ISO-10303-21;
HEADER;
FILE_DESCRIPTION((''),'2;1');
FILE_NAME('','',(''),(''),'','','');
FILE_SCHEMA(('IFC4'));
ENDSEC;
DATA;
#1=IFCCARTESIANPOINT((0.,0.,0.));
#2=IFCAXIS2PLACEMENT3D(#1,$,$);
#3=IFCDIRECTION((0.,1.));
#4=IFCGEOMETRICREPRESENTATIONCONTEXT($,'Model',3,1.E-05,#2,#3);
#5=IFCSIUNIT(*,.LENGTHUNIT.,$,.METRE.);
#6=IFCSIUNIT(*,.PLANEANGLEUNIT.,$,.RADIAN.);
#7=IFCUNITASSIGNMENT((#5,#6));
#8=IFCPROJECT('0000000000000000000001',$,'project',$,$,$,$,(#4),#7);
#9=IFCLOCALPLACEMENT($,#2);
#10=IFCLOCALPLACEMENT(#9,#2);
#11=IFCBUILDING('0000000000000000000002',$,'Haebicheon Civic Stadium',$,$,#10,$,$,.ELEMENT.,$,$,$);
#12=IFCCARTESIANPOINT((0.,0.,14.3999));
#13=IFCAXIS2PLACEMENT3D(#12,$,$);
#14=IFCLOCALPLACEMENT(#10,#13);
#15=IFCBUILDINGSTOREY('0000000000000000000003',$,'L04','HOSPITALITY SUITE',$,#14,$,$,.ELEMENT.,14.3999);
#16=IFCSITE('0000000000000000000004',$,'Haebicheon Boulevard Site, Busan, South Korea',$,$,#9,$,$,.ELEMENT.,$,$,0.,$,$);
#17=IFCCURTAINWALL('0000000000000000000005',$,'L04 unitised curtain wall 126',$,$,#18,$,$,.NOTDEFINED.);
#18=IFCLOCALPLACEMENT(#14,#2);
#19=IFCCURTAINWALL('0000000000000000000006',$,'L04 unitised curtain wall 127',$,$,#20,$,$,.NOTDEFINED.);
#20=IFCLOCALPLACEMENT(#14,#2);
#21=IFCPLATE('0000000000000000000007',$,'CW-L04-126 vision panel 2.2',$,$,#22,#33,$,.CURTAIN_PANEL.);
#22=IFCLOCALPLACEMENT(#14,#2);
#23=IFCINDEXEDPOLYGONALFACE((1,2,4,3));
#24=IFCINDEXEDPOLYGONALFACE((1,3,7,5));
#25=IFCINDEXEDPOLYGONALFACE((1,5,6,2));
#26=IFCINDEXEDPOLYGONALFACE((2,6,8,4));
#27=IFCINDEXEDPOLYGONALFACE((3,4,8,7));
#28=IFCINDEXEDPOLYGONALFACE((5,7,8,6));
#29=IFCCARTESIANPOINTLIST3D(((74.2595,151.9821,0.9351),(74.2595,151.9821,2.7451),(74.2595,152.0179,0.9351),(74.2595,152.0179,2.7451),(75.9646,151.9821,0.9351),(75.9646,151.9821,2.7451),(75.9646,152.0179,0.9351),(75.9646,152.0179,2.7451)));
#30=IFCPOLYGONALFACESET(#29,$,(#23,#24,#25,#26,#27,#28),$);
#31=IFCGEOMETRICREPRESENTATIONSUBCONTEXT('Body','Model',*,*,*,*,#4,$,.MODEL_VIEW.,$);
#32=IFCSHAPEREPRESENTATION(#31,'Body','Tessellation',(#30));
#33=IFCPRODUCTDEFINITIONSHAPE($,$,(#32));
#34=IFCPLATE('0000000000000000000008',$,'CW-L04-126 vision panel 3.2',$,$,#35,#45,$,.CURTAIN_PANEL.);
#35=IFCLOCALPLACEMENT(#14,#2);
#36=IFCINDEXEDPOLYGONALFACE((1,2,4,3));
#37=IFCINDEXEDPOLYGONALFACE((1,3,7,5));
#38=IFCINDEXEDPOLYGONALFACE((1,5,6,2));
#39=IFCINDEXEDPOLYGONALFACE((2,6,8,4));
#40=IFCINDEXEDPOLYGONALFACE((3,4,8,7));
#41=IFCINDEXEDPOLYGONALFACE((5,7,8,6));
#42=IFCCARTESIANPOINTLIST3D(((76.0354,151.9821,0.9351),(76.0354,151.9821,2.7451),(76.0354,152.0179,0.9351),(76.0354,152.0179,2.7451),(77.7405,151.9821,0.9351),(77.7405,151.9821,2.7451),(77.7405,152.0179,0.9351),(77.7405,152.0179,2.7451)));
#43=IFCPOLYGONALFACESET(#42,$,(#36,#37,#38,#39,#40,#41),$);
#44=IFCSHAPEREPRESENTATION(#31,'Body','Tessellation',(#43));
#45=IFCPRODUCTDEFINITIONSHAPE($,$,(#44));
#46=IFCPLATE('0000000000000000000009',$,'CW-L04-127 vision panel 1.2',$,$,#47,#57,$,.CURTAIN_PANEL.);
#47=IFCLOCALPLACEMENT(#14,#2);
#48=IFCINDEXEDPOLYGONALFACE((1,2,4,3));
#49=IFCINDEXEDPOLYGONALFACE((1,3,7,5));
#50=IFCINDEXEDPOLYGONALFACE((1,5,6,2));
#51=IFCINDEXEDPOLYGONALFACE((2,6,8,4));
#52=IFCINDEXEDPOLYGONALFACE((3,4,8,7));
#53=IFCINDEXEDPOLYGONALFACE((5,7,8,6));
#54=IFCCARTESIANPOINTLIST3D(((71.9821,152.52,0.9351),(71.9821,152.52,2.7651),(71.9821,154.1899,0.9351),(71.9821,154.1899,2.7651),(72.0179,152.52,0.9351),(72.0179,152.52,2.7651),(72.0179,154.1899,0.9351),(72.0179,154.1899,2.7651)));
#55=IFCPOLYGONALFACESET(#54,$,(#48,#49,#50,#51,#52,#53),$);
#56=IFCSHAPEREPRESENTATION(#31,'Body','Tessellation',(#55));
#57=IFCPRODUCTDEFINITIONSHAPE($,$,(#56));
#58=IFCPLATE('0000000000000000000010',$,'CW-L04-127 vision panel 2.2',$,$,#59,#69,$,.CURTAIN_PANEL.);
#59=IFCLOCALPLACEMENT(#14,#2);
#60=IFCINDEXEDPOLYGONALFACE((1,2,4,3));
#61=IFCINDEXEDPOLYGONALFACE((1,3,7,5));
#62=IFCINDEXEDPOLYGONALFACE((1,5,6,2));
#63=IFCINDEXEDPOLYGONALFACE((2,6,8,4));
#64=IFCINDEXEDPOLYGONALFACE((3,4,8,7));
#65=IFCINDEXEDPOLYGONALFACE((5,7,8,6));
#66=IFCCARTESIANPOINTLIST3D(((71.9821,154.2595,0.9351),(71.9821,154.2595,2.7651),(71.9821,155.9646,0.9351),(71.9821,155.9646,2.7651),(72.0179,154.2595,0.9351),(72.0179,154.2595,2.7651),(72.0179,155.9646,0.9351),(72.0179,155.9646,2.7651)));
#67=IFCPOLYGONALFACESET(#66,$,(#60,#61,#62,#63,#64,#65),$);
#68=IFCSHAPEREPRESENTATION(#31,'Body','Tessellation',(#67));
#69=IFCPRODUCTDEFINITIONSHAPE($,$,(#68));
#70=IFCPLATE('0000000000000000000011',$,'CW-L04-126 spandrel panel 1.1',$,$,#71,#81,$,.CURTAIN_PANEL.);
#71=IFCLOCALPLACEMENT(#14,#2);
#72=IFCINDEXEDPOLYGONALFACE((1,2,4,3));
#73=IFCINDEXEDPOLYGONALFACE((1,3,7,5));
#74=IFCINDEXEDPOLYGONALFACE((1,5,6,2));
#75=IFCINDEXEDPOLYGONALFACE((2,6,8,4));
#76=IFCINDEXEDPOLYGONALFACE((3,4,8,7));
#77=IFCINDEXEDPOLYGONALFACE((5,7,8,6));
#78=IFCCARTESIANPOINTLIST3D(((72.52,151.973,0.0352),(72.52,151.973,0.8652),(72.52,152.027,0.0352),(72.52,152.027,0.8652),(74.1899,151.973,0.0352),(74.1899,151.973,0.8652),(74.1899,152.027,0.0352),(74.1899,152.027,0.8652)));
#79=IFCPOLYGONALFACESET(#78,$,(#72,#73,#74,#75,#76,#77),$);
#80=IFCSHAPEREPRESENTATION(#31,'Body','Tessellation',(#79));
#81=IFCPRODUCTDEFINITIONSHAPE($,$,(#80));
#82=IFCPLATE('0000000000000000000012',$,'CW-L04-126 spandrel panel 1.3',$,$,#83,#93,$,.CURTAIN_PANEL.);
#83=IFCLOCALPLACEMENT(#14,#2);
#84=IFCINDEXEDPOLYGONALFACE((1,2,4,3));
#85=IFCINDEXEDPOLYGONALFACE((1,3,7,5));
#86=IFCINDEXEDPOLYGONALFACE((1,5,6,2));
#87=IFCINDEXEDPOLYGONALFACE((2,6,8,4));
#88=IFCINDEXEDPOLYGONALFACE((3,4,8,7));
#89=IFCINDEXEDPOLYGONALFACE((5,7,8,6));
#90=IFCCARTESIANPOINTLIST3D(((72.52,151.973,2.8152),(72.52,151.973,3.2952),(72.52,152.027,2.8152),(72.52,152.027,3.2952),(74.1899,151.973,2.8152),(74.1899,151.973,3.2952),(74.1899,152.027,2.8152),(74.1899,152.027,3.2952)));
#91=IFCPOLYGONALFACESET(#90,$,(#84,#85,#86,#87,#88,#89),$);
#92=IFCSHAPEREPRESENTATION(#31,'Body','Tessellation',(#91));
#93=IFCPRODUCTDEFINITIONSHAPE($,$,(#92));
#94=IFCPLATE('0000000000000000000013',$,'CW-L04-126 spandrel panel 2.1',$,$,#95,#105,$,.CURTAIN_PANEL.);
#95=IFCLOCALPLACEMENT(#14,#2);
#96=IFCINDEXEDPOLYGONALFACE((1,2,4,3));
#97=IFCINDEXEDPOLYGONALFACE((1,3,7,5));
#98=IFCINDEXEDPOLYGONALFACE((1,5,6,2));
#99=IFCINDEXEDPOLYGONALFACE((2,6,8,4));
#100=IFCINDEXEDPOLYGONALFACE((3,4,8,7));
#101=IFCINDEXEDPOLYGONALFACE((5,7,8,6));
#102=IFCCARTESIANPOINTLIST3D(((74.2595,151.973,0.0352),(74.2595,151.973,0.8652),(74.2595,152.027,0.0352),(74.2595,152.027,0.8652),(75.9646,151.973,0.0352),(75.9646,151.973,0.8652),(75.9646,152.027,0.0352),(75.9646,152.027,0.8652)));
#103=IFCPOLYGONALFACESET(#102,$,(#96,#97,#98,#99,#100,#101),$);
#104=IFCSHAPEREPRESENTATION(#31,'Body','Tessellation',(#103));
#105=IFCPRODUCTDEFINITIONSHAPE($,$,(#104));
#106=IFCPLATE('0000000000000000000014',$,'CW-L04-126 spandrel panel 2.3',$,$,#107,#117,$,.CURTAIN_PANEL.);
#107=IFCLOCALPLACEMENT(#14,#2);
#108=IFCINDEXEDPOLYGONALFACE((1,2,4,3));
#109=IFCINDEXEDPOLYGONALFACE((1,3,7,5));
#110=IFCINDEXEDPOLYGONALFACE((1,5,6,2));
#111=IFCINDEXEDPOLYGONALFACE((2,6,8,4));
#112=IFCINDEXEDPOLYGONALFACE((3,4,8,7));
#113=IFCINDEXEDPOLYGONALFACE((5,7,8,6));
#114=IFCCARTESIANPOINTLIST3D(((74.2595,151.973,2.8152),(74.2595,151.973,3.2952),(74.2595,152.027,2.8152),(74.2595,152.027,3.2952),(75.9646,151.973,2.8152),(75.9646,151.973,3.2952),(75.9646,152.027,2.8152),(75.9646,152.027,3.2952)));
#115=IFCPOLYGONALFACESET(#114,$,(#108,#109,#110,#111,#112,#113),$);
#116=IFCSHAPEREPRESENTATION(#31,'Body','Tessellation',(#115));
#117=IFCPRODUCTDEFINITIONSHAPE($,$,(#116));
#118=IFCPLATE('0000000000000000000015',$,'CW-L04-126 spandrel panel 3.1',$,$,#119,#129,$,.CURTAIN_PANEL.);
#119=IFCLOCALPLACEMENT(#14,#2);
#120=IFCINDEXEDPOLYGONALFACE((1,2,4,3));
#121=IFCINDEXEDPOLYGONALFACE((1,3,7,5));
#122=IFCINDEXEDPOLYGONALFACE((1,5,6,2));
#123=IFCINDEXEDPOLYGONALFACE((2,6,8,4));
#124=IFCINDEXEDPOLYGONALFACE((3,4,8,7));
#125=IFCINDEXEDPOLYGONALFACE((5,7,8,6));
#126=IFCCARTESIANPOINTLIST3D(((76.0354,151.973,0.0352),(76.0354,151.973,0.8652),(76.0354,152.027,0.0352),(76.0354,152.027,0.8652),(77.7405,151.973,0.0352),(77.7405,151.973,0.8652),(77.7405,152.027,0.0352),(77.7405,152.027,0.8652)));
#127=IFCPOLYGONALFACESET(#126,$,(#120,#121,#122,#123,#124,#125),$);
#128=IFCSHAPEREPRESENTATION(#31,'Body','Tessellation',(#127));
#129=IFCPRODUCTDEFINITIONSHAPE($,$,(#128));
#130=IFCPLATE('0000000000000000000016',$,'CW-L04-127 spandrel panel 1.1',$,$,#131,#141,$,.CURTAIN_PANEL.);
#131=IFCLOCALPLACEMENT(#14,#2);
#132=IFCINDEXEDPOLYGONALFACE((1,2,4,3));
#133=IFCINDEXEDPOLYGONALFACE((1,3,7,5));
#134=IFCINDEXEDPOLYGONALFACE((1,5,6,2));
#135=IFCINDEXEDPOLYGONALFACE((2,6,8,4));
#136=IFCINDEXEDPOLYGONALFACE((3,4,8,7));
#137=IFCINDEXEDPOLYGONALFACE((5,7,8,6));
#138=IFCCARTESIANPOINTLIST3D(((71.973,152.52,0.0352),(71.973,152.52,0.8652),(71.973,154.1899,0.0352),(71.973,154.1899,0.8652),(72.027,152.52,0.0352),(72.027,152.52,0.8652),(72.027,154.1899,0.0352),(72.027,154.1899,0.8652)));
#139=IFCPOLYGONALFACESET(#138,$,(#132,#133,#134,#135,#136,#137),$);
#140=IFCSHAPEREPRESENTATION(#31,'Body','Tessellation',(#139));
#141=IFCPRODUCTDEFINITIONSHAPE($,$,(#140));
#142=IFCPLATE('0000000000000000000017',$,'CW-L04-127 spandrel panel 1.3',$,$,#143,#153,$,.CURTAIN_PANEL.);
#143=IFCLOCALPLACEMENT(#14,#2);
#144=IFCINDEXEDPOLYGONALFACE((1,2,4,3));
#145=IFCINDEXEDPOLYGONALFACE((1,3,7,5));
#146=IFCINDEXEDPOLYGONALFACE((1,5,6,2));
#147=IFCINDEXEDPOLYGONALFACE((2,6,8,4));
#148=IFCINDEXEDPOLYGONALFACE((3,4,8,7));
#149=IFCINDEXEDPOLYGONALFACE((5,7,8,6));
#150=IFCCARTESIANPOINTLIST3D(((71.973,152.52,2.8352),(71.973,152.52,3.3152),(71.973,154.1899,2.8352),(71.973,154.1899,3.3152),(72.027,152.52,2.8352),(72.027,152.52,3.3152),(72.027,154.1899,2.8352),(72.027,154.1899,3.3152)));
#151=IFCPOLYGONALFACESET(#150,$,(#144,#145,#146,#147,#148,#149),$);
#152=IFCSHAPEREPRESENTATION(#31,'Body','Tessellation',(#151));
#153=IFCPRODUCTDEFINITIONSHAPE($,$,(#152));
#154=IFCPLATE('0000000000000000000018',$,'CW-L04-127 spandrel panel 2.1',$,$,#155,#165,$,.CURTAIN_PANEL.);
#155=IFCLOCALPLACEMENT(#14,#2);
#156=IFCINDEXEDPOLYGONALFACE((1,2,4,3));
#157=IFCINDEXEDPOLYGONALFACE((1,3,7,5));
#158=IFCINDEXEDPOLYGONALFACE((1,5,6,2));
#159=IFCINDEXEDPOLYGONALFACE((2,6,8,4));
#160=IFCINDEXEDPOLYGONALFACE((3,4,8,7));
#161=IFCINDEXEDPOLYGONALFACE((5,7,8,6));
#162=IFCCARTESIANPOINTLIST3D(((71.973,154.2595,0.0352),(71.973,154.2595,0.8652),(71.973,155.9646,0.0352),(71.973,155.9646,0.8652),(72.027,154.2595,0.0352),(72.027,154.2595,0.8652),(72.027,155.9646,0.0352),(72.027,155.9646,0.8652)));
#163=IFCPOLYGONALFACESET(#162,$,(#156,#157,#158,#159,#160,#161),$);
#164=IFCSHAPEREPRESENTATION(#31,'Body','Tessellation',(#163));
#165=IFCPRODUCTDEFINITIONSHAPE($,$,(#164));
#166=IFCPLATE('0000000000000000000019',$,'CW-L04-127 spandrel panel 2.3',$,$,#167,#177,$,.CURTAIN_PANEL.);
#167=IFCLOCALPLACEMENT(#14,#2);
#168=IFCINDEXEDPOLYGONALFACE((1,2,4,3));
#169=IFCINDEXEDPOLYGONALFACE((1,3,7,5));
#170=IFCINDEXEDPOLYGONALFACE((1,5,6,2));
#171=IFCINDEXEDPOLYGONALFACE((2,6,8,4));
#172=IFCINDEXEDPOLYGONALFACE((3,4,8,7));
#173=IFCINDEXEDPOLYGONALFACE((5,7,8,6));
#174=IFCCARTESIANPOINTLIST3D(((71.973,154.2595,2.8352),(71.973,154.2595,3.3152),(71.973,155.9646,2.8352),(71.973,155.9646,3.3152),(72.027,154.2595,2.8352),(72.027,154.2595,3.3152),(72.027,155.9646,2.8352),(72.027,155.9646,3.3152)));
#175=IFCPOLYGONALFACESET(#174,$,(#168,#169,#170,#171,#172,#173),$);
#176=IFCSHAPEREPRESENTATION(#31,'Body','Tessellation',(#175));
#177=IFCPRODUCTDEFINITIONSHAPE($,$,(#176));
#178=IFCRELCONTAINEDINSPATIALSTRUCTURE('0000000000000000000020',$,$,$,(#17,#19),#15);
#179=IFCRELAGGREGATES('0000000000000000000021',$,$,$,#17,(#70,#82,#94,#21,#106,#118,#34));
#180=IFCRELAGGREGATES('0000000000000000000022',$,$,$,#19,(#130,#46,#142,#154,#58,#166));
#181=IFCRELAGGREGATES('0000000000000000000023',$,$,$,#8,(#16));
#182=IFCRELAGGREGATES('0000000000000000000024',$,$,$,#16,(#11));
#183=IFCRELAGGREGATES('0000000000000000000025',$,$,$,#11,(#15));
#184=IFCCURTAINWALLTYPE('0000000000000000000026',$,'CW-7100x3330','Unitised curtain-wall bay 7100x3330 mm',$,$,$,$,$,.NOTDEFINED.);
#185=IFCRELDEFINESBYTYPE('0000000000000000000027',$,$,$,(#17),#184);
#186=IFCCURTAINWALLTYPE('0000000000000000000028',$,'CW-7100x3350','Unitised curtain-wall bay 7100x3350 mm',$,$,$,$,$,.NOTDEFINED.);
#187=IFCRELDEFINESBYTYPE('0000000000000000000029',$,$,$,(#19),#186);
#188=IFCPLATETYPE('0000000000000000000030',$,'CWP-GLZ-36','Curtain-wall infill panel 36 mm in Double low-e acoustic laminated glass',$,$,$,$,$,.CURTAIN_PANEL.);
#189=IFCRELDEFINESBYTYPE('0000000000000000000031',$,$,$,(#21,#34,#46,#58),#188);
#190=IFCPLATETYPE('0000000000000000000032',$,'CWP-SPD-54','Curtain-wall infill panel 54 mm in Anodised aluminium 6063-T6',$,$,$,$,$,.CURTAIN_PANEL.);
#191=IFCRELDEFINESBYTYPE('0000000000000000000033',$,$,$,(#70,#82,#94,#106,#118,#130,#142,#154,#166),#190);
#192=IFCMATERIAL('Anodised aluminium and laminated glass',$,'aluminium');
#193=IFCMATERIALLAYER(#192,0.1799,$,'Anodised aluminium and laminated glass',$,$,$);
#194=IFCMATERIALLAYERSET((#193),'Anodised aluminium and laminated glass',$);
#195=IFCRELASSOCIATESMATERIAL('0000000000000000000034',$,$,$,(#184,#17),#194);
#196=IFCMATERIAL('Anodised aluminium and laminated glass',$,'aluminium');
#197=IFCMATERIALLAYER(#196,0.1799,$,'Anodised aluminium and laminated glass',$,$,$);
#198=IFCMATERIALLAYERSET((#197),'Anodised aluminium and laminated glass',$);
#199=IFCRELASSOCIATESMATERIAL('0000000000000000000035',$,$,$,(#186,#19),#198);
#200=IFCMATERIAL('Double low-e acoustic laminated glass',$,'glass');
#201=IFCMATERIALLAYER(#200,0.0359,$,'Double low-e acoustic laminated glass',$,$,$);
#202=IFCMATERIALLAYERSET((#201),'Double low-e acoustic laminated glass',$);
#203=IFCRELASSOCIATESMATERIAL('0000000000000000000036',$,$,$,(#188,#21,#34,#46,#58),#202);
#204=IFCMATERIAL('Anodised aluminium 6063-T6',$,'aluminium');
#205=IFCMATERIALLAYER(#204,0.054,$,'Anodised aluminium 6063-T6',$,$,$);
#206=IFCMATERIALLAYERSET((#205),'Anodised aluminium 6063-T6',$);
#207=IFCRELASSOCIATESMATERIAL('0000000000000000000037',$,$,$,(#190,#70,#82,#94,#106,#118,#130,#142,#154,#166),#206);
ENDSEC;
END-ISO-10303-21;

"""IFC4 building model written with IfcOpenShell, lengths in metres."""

from ifc_helpers import new_model, si_unit, direction, frame, origin, origin_2d, place, context, subcontext, project, spatial, rectangle, extrude, material, layer, layer_set, type_object, element, aggregate, save


model = new_model("IFC4")

# Units and contexts
model_context = context("Model", 3, precision=1e-05, world=origin(), true_north=direction((0.0, 1.0)))
body_context = subcontext(model_context, "Body", "Model", "MODEL_VIEW")
ifc_project = project(units=[si_unit("LENGTHUNIT", "METRE"), si_unit("PLANEANGLEUNIT", "RADIAN")], contexts=[model_context])

# Site, building, storey
site_placement = place(None, origin())
site = spatial("IfcSite", under=ifc_project, at=site_placement, Name="Haebicheon Boulevard Site, Busan, South Korea", CompositionType="ELEMENT", RefElevation=0.0)
building_placement = place(site_placement, origin())
building = spatial("IfcBuilding", under=site, at=building_placement, Name="Haebicheon Civic Stadium", CompositionType="ELEMENT")
storey_placement = place(building_placement, frame((0.0, 0.0, 14.3999)))
storey = spatial("IfcBuildingStorey", under=building, at=storey_placement, Name="L04", Description="HOSPITALITY SUITE", CompositionType="ELEMENT", Elevation=14.3999)

# Curtain walls
ifc_material_1 = material(Name="Anodised aluminium and laminated glass", Category="aluminium")
ifc_layer_1 = layer(ifc_material_1, 0.1799, Name="Anodised aluminium and laminated glass")
ifc_layer_set_1 = layer_set([ifc_layer_1], Name="Anodised aluminium and laminated glass")
curtain_wall_type_1 = type_object("IfcCurtainWallType", Name="CW-7100x3330", Description="Unitised curtain-wall bay 7100x3330 mm", PredefinedType="NOTDEFINED", material=ifc_layer_set_1)
curtain_wall_1_placement = place(storey_placement, origin())
curtain_wall_1 = element("IfcCurtainWall", 1, at=curtain_wall_1_placement, inside=storey, type_object=curtain_wall_type_1, material=ifc_layer_set_1, Name="L04 unitised curtain wall 126", PredefinedType="NOTDEFINED")
ifc_material_2 = material(Name="Anodised aluminium and laminated glass", Category="aluminium")
ifc_layer_2 = layer(ifc_material_2, 0.1799, Name="Anodised aluminium and laminated glass")
ifc_layer_set_2 = layer_set([ifc_layer_2], Name="Anodised aluminium and laminated glass")
curtain_wall_type_2 = type_object("IfcCurtainWallType", Name="CW-7100x3350", Description="Unitised curtain-wall bay 7100x3350 mm", PredefinedType="NOTDEFINED", material=ifc_layer_set_2)
curtain_wall_2_placement = place(storey_placement, origin())
curtain_wall_2 = element("IfcCurtainWall", 2, at=curtain_wall_2_placement, inside=storey, type_object=curtain_wall_type_2, material=ifc_layer_set_2, Name="L04 unitised curtain wall 127", PredefinedType="NOTDEFINED")

# Plates
ifc_material_3 = material(Name="Double low-e acoustic laminated glass", Category="glass")
ifc_layer_3 = layer(ifc_material_3, 0.0359, Name="Double low-e acoustic laminated glass")
ifc_layer_set_3 = layer_set([ifc_layer_3], Name="Double low-e acoustic laminated glass")
plate_type_1 = type_object("IfcPlateType", Name="CWP-GLZ-36", Description="Curtain-wall infill panel 36 mm in Double low-e acoustic laminated glass", PredefinedType="CURTAIN_PANEL", material=ifc_layer_set_3)
plate_1_placement = place(storey_placement, frame((75.1121, 152.0, 0.9351), z_axis=(0.0, 0.0, 1.0), x_axis=(1.0, 0.0, 0.0)))
plate_1 = element("IfcPlate", 3, at=plate_1_placement, type_object=plate_type_1, material=ifc_layer_set_3, Name="CW-L04-126 vision panel 2.2", PredefinedType="CURTAIN_PANEL", context=body_context, shape_type="SweptSolid", body=[
    extrude(rectangle(XDim=1.7051, YDim=0.0359, at=origin_2d()), origin(), (0.0, 0.0, 1.0), 1.8101),
])
plate_2_placement = place(storey_placement, frame((76.8879, 152.0, 0.9351), z_axis=(0.0, 0.0, 1.0), x_axis=(1.0, 0.0, 0.0)))
plate_2 = element("IfcPlate", 4, at=plate_2_placement, type_object=plate_type_1, material=ifc_layer_set_3, Name="CW-L04-126 vision panel 3.2", PredefinedType="CURTAIN_PANEL", context=body_context, shape_type="SweptSolid", body=[
    extrude(rectangle(XDim=1.7051, YDim=0.0359, at=origin_2d()), origin(), (0.0, 0.0, 1.0), 1.8101),
])
plate_3_placement = place(storey_placement, frame((72.0, 153.355, 0.9351), z_axis=(0.0, 0.0, 1.0), x_axis=(0.0, 1.0, 0.0)))
plate_3 = element("IfcPlate", 5, at=plate_3_placement, type_object=plate_type_1, material=ifc_layer_set_3, Name="CW-L04-127 vision panel 1.2", PredefinedType="CURTAIN_PANEL", context=body_context, shape_type="SweptSolid", body=[
    extrude(rectangle(XDim=1.6699, YDim=0.0359, at=origin_2d()), origin(), (0.0, 0.0, 1.0), 1.8301),
])
plate_4_placement = place(storey_placement, frame((72.0, 155.1121, 0.9351), z_axis=(0.0, 0.0, 1.0), x_axis=(0.0, 1.0, 0.0)))
plate_4 = element("IfcPlate", 6, at=plate_4_placement, type_object=plate_type_1, material=ifc_layer_set_3, Name="CW-L04-127 vision panel 2.2", PredefinedType="CURTAIN_PANEL", context=body_context, shape_type="SweptSolid", body=[
    extrude(rectangle(XDim=1.7051, YDim=0.0359, at=origin_2d()), origin(), (0.0, 0.0, 1.0), 1.8301),
])
ifc_material_4 = material(Name="Anodised aluminium 6063-T6", Category="aluminium")
ifc_layer_4 = layer(ifc_material_4, 0.054, Name="Anodised aluminium 6063-T6")
ifc_layer_set_4 = layer_set([ifc_layer_4], Name="Anodised aluminium 6063-T6")
plate_type_2 = type_object("IfcPlateType", Name="CWP-SPD-54", Description="Curtain-wall infill panel 54 mm in Anodised aluminium 6063-T6", PredefinedType="CURTAIN_PANEL", material=ifc_layer_set_4)
plate_5_placement = place(storey_placement, frame((73.355, 152.0, 0.0352), z_axis=(0.0, 0.0, 1.0), x_axis=(1.0, 0.0, 0.0)))
plate_5 = element("IfcPlate", 7, at=plate_5_placement, type_object=plate_type_2, material=ifc_layer_set_4, Name="CW-L04-126 spandrel panel 1.1", PredefinedType="CURTAIN_PANEL", context=body_context, shape_type="SweptSolid", body=[
    extrude(rectangle(XDim=1.6699, YDim=0.054, at=origin_2d()), origin(), (0.0, 0.0, 1.0), 0.8301),
])
plate_6_placement = place(storey_placement, frame((73.355, 152.0, 2.8152), z_axis=(0.0, 0.0, 1.0), x_axis=(1.0, 0.0, 0.0)))
plate_6 = element("IfcPlate", 8, at=plate_6_placement, type_object=plate_type_2, material=ifc_layer_set_4, Name="CW-L04-126 spandrel panel 1.3", PredefinedType="CURTAIN_PANEL", context=body_context, shape_type="SweptSolid", body=[
    extrude(rectangle(XDim=1.6699, YDim=0.054, at=origin_2d()), origin(), (0.0, 0.0, 1.0), 0.48),
])
plate_7_placement = place(storey_placement, frame((75.1121, 152.0, 0.0352), z_axis=(0.0, 0.0, 1.0), x_axis=(1.0, 0.0, 0.0)))
plate_7 = element("IfcPlate", 9, at=plate_7_placement, type_object=plate_type_2, material=ifc_layer_set_4, Name="CW-L04-126 spandrel panel 2.1", PredefinedType="CURTAIN_PANEL", context=body_context, shape_type="SweptSolid", body=[
    extrude(rectangle(XDim=1.7051, YDim=0.054, at=origin_2d()), origin(), (0.0, 0.0, 1.0), 0.8301),
])
plate_8_placement = place(storey_placement, frame((75.1121, 152.0, 2.8152), z_axis=(0.0, 0.0, 1.0), x_axis=(1.0, 0.0, 0.0)))
plate_8 = element("IfcPlate", 10, at=plate_8_placement, type_object=plate_type_2, material=ifc_layer_set_4, Name="CW-L04-126 spandrel panel 2.3", PredefinedType="CURTAIN_PANEL", context=body_context, shape_type="SweptSolid", body=[
    extrude(rectangle(XDim=1.7051, YDim=0.054, at=origin_2d()), origin(), (0.0, 0.0, 1.0), 0.48),
])
plate_9_placement = place(storey_placement, frame((76.8879, 152.0, 0.0352), z_axis=(0.0, 0.0, 1.0), x_axis=(1.0, 0.0, 0.0)))
plate_9 = element("IfcPlate", 11, at=plate_9_placement, type_object=plate_type_2, material=ifc_layer_set_4, Name="CW-L04-126 spandrel panel 3.1", PredefinedType="CURTAIN_PANEL", context=body_context, shape_type="SweptSolid", body=[
    extrude(rectangle(XDim=1.7051, YDim=0.054, at=origin_2d()), origin(), (0.0, 0.0, 1.0), 0.8301),
])
aggregate(curtain_wall_1, [plate_5, plate_6, plate_7, plate_1, plate_8, plate_9, plate_2])
plate_10_placement = place(storey_placement, frame((72.0, 153.355, 0.0352), z_axis=(0.0, 0.0, 1.0), x_axis=(0.0, 1.0, 0.0)))
plate_10 = element("IfcPlate", 12, at=plate_10_placement, type_object=plate_type_2, material=ifc_layer_set_4, Name="CW-L04-127 spandrel panel 1.1", PredefinedType="CURTAIN_PANEL", context=body_context, shape_type="SweptSolid", body=[
    extrude(rectangle(XDim=1.6699, YDim=0.054, at=origin_2d()), origin(), (0.0, 0.0, 1.0), 0.8301),
])
plate_11_placement = place(storey_placement, frame((72.0, 153.355, 2.8352), z_axis=(0.0, 0.0, 1.0), x_axis=(0.0, 1.0, 0.0)))
plate_11 = element("IfcPlate", 13, at=plate_11_placement, type_object=plate_type_2, material=ifc_layer_set_4, Name="CW-L04-127 spandrel panel 1.3", PredefinedType="CURTAIN_PANEL", context=body_context, shape_type="SweptSolid", body=[
    extrude(rectangle(XDim=1.6699, YDim=0.054, at=origin_2d()), origin(), (0.0, 0.0, 1.0), 0.48),
])
plate_12_placement = place(storey_placement, frame((72.0, 155.1121, 0.0352), z_axis=(0.0, 0.0, 1.0), x_axis=(0.0, 1.0, 0.0)))
plate_12 = element("IfcPlate", 14, at=plate_12_placement, type_object=plate_type_2, material=ifc_layer_set_4, Name="CW-L04-127 spandrel panel 2.1", PredefinedType="CURTAIN_PANEL", context=body_context, shape_type="SweptSolid", body=[
    extrude(rectangle(XDim=1.7051, YDim=0.054, at=origin_2d()), origin(), (0.0, 0.0, 1.0), 0.8301),
])
plate_13_placement = place(storey_placement, frame((72.0, 155.1121, 2.8352), z_axis=(0.0, 0.0, 1.0), x_axis=(0.0, 1.0, 0.0)))
plate_13 = element("IfcPlate", 15, at=plate_13_placement, type_object=plate_type_2, material=ifc_layer_set_4, Name="CW-L04-127 spandrel panel 2.3", PredefinedType="CURTAIN_PANEL", context=body_context, shape_type="SweptSolid", body=[
    extrude(rectangle(XDim=1.7051, YDim=0.054, at=origin_2d()), origin(), (0.0, 0.0, 1.0), 0.48),
])
aggregate(curtain_wall_2, [plate_10, plate_3, plate_11, plate_12, plate_4, plate_13])

save(model, "model.ifc")
